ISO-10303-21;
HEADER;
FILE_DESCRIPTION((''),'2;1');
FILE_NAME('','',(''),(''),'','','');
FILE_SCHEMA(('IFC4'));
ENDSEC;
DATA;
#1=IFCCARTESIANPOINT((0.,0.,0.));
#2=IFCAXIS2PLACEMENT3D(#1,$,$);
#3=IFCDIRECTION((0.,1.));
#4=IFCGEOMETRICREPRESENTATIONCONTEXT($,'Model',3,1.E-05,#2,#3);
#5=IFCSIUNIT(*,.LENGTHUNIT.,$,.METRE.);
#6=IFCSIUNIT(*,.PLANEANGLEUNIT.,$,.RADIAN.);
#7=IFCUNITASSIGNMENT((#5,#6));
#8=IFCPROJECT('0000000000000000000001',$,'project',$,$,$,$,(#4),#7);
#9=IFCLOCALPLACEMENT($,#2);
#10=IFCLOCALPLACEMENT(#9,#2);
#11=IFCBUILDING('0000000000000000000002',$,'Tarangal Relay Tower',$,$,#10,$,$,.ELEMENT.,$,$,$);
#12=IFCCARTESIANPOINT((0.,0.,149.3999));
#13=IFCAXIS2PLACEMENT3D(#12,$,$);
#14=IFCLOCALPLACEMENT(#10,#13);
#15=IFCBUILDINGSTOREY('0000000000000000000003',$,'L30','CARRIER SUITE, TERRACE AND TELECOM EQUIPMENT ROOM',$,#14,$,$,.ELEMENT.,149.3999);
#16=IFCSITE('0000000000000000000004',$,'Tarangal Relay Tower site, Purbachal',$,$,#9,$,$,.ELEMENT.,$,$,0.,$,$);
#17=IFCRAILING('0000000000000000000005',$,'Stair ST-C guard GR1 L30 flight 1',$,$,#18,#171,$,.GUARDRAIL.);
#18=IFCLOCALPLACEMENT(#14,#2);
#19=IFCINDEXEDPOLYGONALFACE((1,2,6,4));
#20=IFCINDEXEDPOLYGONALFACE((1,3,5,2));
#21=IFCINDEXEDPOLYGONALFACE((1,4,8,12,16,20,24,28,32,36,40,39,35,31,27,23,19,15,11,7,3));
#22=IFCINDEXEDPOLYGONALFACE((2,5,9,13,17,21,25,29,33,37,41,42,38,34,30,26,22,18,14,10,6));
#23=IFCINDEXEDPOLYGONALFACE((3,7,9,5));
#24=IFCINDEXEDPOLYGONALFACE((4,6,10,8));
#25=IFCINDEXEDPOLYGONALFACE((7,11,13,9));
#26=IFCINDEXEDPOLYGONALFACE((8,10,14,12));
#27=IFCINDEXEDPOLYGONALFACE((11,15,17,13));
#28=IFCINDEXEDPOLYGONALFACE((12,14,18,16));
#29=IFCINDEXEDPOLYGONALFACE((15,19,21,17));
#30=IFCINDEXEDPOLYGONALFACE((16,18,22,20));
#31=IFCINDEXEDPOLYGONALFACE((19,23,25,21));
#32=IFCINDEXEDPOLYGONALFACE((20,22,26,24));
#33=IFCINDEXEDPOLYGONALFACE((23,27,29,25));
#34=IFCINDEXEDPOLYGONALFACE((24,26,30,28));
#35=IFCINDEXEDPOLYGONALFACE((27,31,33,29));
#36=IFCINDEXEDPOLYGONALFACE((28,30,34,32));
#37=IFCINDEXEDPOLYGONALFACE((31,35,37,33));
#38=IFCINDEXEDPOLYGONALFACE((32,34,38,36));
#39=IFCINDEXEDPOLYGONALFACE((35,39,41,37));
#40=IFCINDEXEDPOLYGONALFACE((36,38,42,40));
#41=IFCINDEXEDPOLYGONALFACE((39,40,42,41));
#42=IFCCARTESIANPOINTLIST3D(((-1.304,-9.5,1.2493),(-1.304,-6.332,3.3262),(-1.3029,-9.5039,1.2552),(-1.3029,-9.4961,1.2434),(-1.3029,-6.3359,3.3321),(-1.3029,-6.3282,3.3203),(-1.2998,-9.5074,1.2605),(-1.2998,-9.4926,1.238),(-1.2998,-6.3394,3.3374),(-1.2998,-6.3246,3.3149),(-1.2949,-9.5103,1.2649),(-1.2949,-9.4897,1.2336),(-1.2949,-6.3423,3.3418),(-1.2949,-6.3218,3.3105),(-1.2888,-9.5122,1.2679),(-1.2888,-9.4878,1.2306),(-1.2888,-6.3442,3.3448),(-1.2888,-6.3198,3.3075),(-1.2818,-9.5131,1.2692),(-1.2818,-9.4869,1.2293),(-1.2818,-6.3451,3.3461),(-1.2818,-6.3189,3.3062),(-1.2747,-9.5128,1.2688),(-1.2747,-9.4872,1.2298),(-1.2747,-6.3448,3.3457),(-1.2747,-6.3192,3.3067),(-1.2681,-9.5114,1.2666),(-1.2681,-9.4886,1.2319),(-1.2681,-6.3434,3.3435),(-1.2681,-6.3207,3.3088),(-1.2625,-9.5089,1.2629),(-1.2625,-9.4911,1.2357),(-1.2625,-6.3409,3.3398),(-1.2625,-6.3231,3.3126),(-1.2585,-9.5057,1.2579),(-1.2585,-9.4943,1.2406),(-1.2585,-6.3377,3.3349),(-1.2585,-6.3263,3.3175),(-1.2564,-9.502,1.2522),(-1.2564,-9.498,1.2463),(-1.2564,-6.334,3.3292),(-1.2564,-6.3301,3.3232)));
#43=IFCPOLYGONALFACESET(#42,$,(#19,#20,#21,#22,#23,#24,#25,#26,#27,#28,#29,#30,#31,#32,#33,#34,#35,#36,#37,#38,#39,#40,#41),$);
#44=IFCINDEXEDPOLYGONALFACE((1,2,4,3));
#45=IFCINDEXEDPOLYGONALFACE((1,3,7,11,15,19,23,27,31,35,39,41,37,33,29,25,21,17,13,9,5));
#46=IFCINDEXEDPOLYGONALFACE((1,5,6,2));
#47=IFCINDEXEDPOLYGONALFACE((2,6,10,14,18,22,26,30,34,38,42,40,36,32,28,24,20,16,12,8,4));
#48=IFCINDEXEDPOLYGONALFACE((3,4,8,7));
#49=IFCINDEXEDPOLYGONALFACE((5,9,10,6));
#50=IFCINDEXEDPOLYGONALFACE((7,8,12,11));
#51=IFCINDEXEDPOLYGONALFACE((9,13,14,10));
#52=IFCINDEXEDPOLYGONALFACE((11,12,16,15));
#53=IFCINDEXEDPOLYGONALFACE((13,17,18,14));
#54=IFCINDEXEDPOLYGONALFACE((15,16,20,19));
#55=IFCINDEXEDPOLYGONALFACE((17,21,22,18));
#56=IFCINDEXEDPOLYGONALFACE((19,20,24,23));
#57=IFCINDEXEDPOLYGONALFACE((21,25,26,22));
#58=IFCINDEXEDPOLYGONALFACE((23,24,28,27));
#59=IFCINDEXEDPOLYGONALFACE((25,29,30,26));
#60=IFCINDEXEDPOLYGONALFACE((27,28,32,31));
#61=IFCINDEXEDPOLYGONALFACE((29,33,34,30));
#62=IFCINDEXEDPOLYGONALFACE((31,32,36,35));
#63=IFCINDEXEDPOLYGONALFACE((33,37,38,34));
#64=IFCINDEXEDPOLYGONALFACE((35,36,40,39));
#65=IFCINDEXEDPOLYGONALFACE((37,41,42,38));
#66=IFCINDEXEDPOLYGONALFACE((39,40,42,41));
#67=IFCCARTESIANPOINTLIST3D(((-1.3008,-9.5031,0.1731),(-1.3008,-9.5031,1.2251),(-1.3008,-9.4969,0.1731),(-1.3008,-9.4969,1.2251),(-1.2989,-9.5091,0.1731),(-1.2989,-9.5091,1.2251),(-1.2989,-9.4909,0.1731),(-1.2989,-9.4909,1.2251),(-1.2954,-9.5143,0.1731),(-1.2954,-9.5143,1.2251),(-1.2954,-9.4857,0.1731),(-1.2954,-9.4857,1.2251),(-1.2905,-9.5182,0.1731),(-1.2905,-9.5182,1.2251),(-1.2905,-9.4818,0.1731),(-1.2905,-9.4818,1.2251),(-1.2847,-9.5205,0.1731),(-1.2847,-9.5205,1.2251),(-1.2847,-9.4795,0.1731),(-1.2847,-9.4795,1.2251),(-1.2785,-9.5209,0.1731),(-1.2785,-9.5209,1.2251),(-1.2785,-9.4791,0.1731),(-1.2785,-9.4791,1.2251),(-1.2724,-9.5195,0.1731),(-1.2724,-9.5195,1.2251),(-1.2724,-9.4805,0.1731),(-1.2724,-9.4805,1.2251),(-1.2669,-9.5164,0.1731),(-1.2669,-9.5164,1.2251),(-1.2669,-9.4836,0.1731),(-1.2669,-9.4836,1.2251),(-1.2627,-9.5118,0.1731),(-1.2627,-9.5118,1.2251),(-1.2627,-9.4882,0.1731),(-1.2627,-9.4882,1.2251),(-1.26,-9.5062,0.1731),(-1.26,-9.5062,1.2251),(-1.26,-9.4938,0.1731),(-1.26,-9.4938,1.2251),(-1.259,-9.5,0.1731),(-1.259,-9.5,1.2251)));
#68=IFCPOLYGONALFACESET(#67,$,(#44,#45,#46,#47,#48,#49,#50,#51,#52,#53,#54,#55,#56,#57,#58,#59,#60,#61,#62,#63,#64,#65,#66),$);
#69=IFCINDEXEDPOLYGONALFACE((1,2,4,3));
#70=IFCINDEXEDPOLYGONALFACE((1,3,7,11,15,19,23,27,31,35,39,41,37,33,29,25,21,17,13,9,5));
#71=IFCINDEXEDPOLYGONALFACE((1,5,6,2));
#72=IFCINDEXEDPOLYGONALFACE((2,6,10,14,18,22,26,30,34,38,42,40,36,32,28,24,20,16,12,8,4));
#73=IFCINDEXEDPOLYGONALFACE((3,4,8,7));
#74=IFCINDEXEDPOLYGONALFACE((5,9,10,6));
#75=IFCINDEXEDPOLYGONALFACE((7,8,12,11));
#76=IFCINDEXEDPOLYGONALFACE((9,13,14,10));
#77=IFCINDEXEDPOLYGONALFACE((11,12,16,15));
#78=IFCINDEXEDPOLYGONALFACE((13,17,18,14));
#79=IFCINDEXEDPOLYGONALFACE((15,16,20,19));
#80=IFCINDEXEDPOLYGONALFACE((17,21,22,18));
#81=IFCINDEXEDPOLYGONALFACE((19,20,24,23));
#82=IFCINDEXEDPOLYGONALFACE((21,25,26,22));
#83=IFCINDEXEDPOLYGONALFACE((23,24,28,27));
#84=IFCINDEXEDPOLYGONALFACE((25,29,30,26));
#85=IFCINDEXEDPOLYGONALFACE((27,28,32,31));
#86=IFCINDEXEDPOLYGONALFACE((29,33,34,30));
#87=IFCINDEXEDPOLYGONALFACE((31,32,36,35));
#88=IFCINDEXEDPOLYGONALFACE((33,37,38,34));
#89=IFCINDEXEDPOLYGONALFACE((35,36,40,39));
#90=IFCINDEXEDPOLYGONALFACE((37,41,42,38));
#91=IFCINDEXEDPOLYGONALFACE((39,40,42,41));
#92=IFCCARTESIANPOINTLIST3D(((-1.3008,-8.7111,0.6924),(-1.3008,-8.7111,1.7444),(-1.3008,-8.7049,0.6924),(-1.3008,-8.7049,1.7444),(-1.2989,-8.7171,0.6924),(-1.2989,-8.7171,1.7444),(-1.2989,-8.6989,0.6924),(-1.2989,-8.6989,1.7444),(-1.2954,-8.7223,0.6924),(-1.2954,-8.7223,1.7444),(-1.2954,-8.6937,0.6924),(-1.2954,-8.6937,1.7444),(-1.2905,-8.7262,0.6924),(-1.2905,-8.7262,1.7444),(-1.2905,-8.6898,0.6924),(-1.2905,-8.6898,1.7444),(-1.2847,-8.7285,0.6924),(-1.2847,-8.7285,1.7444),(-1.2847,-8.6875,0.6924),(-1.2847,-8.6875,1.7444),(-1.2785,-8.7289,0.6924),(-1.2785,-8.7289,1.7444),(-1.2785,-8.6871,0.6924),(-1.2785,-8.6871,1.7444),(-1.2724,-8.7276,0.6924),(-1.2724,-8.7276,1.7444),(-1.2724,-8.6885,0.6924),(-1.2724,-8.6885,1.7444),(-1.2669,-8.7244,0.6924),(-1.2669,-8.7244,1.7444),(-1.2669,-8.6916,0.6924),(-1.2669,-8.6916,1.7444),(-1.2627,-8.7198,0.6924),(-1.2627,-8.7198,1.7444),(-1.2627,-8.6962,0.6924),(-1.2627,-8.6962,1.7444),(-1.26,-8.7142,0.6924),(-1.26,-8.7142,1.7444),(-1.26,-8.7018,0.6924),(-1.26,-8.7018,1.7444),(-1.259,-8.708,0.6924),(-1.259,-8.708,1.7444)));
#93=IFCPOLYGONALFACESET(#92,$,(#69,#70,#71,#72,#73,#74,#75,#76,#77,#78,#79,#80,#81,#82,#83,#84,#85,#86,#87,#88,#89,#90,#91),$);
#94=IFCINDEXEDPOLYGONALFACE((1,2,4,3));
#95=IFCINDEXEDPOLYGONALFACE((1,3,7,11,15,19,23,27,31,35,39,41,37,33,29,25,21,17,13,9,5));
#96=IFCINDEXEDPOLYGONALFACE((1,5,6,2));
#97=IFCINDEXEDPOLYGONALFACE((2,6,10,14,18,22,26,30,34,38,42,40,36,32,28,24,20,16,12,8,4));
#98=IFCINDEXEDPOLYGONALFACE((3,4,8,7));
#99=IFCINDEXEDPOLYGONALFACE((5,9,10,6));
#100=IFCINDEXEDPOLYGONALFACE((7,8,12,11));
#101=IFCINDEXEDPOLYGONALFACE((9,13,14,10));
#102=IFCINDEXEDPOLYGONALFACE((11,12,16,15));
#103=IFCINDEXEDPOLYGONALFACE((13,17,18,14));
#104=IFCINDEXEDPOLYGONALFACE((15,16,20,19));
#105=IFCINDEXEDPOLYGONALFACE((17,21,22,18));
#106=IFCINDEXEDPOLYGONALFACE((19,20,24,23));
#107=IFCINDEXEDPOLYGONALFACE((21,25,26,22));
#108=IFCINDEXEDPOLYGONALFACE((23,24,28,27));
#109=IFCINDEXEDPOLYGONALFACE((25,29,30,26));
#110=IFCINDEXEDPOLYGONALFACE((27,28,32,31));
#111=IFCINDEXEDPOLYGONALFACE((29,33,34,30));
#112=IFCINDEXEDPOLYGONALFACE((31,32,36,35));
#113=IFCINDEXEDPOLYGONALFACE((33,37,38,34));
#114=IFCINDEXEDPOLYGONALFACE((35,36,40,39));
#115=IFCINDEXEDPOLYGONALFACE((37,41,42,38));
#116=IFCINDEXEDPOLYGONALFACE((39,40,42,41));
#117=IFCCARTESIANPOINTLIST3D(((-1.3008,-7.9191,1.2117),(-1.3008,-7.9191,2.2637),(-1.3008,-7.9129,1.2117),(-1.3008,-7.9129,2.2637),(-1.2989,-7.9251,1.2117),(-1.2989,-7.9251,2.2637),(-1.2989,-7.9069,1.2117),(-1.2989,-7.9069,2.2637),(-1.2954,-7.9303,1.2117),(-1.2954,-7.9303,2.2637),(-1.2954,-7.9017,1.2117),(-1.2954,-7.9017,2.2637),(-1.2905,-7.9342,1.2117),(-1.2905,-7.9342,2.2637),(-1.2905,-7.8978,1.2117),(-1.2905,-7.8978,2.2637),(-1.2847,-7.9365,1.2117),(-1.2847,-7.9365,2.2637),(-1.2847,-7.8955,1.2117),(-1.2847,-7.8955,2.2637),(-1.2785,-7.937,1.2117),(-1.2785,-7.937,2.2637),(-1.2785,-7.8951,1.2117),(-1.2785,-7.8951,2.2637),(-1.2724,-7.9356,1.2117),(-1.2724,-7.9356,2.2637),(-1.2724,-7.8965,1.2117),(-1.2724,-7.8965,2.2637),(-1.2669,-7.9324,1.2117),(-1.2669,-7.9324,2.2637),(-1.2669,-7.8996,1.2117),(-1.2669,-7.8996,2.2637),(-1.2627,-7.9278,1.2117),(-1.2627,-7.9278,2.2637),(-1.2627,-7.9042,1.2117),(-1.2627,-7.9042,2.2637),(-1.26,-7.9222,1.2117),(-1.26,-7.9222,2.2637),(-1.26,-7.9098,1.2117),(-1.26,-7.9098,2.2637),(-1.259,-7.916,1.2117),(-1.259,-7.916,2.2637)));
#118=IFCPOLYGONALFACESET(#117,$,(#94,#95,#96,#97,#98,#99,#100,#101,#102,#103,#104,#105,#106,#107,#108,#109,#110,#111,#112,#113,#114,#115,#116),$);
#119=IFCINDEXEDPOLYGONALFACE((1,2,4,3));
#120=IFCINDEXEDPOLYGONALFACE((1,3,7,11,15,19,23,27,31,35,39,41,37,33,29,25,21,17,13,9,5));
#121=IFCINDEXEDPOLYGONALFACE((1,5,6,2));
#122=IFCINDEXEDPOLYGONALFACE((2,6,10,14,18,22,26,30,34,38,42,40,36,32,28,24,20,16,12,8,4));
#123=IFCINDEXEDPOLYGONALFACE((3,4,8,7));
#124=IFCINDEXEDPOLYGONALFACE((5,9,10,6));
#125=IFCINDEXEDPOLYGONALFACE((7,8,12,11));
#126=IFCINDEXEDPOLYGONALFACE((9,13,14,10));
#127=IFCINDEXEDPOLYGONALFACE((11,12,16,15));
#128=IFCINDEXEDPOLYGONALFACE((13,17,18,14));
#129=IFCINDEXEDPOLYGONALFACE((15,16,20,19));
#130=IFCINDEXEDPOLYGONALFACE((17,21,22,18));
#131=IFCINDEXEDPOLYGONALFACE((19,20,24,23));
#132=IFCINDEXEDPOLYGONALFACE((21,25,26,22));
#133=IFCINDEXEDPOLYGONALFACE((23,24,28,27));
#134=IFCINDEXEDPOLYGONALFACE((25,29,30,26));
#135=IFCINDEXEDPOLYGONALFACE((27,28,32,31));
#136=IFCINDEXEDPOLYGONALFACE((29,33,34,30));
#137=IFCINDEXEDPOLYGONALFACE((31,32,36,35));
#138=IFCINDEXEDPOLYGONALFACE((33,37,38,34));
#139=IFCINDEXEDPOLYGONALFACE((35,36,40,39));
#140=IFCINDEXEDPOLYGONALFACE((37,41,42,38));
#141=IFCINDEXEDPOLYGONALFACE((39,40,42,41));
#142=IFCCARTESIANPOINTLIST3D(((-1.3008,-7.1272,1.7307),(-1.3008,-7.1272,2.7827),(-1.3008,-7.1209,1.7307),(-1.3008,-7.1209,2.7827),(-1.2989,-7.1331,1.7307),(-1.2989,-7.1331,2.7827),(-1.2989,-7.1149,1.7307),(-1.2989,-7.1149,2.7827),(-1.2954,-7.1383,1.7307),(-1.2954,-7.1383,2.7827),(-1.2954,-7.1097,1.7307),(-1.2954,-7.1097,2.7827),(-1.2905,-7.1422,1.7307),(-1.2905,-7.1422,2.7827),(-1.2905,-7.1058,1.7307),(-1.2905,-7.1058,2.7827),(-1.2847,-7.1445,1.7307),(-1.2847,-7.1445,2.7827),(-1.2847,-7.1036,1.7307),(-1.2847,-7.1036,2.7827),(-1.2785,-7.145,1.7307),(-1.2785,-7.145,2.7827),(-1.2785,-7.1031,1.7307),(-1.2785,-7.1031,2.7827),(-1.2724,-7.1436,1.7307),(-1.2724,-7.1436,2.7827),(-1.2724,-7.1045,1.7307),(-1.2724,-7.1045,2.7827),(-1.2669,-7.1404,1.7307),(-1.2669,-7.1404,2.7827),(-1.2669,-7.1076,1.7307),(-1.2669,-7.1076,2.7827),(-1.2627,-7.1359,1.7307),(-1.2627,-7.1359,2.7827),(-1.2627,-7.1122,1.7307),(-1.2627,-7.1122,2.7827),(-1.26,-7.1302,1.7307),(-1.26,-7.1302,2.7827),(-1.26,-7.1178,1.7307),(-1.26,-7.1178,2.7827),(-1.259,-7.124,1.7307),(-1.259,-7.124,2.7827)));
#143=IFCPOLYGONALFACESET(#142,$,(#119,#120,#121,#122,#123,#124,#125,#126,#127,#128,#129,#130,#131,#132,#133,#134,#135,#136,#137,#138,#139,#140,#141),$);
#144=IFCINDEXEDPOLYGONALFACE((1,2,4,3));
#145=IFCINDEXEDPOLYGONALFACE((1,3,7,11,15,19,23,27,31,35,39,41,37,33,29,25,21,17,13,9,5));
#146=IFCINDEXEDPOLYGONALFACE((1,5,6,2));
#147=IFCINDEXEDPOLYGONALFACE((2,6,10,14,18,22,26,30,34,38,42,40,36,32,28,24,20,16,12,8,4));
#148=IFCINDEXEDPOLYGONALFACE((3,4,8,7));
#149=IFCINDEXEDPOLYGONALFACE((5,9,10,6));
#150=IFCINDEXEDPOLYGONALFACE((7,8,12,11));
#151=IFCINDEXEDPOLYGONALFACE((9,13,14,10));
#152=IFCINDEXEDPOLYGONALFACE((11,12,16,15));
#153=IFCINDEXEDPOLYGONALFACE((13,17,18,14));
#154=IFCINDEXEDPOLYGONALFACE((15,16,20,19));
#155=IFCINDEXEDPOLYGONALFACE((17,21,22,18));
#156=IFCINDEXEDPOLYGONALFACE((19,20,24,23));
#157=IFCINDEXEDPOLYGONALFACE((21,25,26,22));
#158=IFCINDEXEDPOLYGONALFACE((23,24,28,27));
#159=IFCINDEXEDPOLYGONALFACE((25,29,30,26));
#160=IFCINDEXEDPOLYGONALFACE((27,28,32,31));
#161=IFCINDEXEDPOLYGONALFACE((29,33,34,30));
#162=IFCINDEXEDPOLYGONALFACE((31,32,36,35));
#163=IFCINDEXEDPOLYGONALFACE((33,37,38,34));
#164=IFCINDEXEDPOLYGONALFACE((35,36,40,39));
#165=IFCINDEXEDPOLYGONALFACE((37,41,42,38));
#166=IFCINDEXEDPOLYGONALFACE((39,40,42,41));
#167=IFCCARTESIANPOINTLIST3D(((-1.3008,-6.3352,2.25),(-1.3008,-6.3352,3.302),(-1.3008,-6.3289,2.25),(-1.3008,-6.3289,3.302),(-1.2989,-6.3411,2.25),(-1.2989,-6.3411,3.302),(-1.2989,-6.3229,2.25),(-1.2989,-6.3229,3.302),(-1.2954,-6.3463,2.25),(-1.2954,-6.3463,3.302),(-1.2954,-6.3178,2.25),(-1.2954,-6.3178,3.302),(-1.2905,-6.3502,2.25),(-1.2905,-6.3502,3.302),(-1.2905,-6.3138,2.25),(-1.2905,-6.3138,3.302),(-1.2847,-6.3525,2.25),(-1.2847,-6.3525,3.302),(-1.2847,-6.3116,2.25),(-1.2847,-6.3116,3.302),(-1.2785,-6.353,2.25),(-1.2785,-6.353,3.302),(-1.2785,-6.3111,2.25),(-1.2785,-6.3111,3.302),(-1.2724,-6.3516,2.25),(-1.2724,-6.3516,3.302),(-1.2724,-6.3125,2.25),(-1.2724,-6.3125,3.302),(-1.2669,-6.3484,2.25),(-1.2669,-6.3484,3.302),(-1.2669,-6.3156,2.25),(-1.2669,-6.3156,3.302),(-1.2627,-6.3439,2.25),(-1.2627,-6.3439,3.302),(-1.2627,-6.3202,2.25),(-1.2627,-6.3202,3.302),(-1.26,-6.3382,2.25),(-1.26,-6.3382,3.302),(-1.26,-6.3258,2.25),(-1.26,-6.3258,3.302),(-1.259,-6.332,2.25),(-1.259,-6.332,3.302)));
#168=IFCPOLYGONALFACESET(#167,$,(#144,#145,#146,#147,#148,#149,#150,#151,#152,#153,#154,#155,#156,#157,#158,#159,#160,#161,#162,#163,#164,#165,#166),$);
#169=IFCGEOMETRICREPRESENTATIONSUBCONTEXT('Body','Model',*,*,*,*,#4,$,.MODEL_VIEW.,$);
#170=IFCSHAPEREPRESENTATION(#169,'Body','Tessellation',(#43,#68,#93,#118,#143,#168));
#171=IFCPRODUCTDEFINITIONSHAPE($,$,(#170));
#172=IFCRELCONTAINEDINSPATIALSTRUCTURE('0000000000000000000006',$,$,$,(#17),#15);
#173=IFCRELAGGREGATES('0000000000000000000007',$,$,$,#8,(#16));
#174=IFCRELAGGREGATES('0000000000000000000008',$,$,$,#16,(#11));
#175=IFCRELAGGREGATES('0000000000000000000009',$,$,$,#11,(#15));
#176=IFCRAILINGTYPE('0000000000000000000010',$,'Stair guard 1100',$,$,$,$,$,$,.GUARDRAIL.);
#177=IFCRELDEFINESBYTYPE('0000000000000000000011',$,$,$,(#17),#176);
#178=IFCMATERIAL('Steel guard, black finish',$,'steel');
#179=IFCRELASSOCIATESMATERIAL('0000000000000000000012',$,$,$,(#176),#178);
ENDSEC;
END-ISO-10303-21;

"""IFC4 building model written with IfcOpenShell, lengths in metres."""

from ifc_helpers import new_model, si_unit, direction, frame, origin, origin_2d, place, context, subcontext, project, spatial, circle, extrude, material, type_object, element, save


model = new_model("IFC4")

# Units and contexts
model_context = context("Model", 3, precision=1e-05, world=origin(), true_north=direction((0.0, 1.0)))
body_context = subcontext(model_context, "Body", "Model", "MODEL_VIEW")
ifc_project = project(units=[si_unit("LENGTHUNIT", "METRE"), si_unit("PLANEANGLEUNIT", "RADIAN")], contexts=[model_context])

# Site, building, storey
site_placement = place(None, origin())
site = spatial("IfcSite", under=ifc_project, at=site_placement, Name="Tarangal Relay Tower site, Purbachal", CompositionType="ELEMENT", RefElevation=0.0)
building_placement = place(site_placement, origin())
building = spatial("IfcBuilding", under=site, at=building_placement, Name="Tarangal Relay Tower", CompositionType="ELEMENT")
storey_placement = place(building_placement, frame((0.0, 0.0, 149.3999)))
storey = spatial("IfcBuildingStorey", under=building, at=storey_placement, Name="L30", Description="CARRIER SUITE, TERRACE AND TELECOM EQUIPMENT ROOM", CompositionType="ELEMENT", Elevation=149.3999)

# Railing
ifc_material_1 = material(Name="Steel guard, black finish", Category="steel")
railing_type_1 = type_object("IfcRailingType", Name="Stair guard 1100", PredefinedType="GUARDRAIL", material=ifc_material_1)
railing_1_placement = place(storey_placement, frame((-1.28, -9.5, 0.1731)))
element("IfcRailing", 1, at=railing_1_placement, inside=storey, type_object=railing_type_1, Name="Stair ST-C guard GR1 L30 flight 1", PredefinedType="GUARDRAIL", context=body_context, shape_type="SweptSolid", body=[
    extrude(circle(Radius=0.0239, at=origin_2d()), frame((0.0, 0.0, 1.0762), z_axis=(0.0, 0.836299, 0.548273), x_axis=(-1.0, 0.0, 0.0)), (0.0, 0.0, 1.0), 3.7881),
    extrude(circle(Radius=0.021, at=origin_2d()), origin(), (0.0, 0.0, 1.0), 1.052),
    extrude(circle(Radius=0.021, at=origin_2d()), frame((0.0, 0.792, 0.5193)), (0.0, 0.0, 1.0), 1.052),
    extrude(circle(Radius=0.021, at=origin_2d()), frame((0.0, 1.584, 1.0386)), (0.0, 0.0, 1.0), 1.052),
    extrude(circle(Radius=0.021, at=origin_2d()), frame((0.0, 2.376, 1.5576)), (0.0, 0.0, 1.0), 1.052),
    extrude(circle(Radius=0.021, at=origin_2d()), frame((0.0, 3.168, 2.0769)), (0.0, 0.0, 1.0), 1.052),
])

save(model, "model.ifc")
